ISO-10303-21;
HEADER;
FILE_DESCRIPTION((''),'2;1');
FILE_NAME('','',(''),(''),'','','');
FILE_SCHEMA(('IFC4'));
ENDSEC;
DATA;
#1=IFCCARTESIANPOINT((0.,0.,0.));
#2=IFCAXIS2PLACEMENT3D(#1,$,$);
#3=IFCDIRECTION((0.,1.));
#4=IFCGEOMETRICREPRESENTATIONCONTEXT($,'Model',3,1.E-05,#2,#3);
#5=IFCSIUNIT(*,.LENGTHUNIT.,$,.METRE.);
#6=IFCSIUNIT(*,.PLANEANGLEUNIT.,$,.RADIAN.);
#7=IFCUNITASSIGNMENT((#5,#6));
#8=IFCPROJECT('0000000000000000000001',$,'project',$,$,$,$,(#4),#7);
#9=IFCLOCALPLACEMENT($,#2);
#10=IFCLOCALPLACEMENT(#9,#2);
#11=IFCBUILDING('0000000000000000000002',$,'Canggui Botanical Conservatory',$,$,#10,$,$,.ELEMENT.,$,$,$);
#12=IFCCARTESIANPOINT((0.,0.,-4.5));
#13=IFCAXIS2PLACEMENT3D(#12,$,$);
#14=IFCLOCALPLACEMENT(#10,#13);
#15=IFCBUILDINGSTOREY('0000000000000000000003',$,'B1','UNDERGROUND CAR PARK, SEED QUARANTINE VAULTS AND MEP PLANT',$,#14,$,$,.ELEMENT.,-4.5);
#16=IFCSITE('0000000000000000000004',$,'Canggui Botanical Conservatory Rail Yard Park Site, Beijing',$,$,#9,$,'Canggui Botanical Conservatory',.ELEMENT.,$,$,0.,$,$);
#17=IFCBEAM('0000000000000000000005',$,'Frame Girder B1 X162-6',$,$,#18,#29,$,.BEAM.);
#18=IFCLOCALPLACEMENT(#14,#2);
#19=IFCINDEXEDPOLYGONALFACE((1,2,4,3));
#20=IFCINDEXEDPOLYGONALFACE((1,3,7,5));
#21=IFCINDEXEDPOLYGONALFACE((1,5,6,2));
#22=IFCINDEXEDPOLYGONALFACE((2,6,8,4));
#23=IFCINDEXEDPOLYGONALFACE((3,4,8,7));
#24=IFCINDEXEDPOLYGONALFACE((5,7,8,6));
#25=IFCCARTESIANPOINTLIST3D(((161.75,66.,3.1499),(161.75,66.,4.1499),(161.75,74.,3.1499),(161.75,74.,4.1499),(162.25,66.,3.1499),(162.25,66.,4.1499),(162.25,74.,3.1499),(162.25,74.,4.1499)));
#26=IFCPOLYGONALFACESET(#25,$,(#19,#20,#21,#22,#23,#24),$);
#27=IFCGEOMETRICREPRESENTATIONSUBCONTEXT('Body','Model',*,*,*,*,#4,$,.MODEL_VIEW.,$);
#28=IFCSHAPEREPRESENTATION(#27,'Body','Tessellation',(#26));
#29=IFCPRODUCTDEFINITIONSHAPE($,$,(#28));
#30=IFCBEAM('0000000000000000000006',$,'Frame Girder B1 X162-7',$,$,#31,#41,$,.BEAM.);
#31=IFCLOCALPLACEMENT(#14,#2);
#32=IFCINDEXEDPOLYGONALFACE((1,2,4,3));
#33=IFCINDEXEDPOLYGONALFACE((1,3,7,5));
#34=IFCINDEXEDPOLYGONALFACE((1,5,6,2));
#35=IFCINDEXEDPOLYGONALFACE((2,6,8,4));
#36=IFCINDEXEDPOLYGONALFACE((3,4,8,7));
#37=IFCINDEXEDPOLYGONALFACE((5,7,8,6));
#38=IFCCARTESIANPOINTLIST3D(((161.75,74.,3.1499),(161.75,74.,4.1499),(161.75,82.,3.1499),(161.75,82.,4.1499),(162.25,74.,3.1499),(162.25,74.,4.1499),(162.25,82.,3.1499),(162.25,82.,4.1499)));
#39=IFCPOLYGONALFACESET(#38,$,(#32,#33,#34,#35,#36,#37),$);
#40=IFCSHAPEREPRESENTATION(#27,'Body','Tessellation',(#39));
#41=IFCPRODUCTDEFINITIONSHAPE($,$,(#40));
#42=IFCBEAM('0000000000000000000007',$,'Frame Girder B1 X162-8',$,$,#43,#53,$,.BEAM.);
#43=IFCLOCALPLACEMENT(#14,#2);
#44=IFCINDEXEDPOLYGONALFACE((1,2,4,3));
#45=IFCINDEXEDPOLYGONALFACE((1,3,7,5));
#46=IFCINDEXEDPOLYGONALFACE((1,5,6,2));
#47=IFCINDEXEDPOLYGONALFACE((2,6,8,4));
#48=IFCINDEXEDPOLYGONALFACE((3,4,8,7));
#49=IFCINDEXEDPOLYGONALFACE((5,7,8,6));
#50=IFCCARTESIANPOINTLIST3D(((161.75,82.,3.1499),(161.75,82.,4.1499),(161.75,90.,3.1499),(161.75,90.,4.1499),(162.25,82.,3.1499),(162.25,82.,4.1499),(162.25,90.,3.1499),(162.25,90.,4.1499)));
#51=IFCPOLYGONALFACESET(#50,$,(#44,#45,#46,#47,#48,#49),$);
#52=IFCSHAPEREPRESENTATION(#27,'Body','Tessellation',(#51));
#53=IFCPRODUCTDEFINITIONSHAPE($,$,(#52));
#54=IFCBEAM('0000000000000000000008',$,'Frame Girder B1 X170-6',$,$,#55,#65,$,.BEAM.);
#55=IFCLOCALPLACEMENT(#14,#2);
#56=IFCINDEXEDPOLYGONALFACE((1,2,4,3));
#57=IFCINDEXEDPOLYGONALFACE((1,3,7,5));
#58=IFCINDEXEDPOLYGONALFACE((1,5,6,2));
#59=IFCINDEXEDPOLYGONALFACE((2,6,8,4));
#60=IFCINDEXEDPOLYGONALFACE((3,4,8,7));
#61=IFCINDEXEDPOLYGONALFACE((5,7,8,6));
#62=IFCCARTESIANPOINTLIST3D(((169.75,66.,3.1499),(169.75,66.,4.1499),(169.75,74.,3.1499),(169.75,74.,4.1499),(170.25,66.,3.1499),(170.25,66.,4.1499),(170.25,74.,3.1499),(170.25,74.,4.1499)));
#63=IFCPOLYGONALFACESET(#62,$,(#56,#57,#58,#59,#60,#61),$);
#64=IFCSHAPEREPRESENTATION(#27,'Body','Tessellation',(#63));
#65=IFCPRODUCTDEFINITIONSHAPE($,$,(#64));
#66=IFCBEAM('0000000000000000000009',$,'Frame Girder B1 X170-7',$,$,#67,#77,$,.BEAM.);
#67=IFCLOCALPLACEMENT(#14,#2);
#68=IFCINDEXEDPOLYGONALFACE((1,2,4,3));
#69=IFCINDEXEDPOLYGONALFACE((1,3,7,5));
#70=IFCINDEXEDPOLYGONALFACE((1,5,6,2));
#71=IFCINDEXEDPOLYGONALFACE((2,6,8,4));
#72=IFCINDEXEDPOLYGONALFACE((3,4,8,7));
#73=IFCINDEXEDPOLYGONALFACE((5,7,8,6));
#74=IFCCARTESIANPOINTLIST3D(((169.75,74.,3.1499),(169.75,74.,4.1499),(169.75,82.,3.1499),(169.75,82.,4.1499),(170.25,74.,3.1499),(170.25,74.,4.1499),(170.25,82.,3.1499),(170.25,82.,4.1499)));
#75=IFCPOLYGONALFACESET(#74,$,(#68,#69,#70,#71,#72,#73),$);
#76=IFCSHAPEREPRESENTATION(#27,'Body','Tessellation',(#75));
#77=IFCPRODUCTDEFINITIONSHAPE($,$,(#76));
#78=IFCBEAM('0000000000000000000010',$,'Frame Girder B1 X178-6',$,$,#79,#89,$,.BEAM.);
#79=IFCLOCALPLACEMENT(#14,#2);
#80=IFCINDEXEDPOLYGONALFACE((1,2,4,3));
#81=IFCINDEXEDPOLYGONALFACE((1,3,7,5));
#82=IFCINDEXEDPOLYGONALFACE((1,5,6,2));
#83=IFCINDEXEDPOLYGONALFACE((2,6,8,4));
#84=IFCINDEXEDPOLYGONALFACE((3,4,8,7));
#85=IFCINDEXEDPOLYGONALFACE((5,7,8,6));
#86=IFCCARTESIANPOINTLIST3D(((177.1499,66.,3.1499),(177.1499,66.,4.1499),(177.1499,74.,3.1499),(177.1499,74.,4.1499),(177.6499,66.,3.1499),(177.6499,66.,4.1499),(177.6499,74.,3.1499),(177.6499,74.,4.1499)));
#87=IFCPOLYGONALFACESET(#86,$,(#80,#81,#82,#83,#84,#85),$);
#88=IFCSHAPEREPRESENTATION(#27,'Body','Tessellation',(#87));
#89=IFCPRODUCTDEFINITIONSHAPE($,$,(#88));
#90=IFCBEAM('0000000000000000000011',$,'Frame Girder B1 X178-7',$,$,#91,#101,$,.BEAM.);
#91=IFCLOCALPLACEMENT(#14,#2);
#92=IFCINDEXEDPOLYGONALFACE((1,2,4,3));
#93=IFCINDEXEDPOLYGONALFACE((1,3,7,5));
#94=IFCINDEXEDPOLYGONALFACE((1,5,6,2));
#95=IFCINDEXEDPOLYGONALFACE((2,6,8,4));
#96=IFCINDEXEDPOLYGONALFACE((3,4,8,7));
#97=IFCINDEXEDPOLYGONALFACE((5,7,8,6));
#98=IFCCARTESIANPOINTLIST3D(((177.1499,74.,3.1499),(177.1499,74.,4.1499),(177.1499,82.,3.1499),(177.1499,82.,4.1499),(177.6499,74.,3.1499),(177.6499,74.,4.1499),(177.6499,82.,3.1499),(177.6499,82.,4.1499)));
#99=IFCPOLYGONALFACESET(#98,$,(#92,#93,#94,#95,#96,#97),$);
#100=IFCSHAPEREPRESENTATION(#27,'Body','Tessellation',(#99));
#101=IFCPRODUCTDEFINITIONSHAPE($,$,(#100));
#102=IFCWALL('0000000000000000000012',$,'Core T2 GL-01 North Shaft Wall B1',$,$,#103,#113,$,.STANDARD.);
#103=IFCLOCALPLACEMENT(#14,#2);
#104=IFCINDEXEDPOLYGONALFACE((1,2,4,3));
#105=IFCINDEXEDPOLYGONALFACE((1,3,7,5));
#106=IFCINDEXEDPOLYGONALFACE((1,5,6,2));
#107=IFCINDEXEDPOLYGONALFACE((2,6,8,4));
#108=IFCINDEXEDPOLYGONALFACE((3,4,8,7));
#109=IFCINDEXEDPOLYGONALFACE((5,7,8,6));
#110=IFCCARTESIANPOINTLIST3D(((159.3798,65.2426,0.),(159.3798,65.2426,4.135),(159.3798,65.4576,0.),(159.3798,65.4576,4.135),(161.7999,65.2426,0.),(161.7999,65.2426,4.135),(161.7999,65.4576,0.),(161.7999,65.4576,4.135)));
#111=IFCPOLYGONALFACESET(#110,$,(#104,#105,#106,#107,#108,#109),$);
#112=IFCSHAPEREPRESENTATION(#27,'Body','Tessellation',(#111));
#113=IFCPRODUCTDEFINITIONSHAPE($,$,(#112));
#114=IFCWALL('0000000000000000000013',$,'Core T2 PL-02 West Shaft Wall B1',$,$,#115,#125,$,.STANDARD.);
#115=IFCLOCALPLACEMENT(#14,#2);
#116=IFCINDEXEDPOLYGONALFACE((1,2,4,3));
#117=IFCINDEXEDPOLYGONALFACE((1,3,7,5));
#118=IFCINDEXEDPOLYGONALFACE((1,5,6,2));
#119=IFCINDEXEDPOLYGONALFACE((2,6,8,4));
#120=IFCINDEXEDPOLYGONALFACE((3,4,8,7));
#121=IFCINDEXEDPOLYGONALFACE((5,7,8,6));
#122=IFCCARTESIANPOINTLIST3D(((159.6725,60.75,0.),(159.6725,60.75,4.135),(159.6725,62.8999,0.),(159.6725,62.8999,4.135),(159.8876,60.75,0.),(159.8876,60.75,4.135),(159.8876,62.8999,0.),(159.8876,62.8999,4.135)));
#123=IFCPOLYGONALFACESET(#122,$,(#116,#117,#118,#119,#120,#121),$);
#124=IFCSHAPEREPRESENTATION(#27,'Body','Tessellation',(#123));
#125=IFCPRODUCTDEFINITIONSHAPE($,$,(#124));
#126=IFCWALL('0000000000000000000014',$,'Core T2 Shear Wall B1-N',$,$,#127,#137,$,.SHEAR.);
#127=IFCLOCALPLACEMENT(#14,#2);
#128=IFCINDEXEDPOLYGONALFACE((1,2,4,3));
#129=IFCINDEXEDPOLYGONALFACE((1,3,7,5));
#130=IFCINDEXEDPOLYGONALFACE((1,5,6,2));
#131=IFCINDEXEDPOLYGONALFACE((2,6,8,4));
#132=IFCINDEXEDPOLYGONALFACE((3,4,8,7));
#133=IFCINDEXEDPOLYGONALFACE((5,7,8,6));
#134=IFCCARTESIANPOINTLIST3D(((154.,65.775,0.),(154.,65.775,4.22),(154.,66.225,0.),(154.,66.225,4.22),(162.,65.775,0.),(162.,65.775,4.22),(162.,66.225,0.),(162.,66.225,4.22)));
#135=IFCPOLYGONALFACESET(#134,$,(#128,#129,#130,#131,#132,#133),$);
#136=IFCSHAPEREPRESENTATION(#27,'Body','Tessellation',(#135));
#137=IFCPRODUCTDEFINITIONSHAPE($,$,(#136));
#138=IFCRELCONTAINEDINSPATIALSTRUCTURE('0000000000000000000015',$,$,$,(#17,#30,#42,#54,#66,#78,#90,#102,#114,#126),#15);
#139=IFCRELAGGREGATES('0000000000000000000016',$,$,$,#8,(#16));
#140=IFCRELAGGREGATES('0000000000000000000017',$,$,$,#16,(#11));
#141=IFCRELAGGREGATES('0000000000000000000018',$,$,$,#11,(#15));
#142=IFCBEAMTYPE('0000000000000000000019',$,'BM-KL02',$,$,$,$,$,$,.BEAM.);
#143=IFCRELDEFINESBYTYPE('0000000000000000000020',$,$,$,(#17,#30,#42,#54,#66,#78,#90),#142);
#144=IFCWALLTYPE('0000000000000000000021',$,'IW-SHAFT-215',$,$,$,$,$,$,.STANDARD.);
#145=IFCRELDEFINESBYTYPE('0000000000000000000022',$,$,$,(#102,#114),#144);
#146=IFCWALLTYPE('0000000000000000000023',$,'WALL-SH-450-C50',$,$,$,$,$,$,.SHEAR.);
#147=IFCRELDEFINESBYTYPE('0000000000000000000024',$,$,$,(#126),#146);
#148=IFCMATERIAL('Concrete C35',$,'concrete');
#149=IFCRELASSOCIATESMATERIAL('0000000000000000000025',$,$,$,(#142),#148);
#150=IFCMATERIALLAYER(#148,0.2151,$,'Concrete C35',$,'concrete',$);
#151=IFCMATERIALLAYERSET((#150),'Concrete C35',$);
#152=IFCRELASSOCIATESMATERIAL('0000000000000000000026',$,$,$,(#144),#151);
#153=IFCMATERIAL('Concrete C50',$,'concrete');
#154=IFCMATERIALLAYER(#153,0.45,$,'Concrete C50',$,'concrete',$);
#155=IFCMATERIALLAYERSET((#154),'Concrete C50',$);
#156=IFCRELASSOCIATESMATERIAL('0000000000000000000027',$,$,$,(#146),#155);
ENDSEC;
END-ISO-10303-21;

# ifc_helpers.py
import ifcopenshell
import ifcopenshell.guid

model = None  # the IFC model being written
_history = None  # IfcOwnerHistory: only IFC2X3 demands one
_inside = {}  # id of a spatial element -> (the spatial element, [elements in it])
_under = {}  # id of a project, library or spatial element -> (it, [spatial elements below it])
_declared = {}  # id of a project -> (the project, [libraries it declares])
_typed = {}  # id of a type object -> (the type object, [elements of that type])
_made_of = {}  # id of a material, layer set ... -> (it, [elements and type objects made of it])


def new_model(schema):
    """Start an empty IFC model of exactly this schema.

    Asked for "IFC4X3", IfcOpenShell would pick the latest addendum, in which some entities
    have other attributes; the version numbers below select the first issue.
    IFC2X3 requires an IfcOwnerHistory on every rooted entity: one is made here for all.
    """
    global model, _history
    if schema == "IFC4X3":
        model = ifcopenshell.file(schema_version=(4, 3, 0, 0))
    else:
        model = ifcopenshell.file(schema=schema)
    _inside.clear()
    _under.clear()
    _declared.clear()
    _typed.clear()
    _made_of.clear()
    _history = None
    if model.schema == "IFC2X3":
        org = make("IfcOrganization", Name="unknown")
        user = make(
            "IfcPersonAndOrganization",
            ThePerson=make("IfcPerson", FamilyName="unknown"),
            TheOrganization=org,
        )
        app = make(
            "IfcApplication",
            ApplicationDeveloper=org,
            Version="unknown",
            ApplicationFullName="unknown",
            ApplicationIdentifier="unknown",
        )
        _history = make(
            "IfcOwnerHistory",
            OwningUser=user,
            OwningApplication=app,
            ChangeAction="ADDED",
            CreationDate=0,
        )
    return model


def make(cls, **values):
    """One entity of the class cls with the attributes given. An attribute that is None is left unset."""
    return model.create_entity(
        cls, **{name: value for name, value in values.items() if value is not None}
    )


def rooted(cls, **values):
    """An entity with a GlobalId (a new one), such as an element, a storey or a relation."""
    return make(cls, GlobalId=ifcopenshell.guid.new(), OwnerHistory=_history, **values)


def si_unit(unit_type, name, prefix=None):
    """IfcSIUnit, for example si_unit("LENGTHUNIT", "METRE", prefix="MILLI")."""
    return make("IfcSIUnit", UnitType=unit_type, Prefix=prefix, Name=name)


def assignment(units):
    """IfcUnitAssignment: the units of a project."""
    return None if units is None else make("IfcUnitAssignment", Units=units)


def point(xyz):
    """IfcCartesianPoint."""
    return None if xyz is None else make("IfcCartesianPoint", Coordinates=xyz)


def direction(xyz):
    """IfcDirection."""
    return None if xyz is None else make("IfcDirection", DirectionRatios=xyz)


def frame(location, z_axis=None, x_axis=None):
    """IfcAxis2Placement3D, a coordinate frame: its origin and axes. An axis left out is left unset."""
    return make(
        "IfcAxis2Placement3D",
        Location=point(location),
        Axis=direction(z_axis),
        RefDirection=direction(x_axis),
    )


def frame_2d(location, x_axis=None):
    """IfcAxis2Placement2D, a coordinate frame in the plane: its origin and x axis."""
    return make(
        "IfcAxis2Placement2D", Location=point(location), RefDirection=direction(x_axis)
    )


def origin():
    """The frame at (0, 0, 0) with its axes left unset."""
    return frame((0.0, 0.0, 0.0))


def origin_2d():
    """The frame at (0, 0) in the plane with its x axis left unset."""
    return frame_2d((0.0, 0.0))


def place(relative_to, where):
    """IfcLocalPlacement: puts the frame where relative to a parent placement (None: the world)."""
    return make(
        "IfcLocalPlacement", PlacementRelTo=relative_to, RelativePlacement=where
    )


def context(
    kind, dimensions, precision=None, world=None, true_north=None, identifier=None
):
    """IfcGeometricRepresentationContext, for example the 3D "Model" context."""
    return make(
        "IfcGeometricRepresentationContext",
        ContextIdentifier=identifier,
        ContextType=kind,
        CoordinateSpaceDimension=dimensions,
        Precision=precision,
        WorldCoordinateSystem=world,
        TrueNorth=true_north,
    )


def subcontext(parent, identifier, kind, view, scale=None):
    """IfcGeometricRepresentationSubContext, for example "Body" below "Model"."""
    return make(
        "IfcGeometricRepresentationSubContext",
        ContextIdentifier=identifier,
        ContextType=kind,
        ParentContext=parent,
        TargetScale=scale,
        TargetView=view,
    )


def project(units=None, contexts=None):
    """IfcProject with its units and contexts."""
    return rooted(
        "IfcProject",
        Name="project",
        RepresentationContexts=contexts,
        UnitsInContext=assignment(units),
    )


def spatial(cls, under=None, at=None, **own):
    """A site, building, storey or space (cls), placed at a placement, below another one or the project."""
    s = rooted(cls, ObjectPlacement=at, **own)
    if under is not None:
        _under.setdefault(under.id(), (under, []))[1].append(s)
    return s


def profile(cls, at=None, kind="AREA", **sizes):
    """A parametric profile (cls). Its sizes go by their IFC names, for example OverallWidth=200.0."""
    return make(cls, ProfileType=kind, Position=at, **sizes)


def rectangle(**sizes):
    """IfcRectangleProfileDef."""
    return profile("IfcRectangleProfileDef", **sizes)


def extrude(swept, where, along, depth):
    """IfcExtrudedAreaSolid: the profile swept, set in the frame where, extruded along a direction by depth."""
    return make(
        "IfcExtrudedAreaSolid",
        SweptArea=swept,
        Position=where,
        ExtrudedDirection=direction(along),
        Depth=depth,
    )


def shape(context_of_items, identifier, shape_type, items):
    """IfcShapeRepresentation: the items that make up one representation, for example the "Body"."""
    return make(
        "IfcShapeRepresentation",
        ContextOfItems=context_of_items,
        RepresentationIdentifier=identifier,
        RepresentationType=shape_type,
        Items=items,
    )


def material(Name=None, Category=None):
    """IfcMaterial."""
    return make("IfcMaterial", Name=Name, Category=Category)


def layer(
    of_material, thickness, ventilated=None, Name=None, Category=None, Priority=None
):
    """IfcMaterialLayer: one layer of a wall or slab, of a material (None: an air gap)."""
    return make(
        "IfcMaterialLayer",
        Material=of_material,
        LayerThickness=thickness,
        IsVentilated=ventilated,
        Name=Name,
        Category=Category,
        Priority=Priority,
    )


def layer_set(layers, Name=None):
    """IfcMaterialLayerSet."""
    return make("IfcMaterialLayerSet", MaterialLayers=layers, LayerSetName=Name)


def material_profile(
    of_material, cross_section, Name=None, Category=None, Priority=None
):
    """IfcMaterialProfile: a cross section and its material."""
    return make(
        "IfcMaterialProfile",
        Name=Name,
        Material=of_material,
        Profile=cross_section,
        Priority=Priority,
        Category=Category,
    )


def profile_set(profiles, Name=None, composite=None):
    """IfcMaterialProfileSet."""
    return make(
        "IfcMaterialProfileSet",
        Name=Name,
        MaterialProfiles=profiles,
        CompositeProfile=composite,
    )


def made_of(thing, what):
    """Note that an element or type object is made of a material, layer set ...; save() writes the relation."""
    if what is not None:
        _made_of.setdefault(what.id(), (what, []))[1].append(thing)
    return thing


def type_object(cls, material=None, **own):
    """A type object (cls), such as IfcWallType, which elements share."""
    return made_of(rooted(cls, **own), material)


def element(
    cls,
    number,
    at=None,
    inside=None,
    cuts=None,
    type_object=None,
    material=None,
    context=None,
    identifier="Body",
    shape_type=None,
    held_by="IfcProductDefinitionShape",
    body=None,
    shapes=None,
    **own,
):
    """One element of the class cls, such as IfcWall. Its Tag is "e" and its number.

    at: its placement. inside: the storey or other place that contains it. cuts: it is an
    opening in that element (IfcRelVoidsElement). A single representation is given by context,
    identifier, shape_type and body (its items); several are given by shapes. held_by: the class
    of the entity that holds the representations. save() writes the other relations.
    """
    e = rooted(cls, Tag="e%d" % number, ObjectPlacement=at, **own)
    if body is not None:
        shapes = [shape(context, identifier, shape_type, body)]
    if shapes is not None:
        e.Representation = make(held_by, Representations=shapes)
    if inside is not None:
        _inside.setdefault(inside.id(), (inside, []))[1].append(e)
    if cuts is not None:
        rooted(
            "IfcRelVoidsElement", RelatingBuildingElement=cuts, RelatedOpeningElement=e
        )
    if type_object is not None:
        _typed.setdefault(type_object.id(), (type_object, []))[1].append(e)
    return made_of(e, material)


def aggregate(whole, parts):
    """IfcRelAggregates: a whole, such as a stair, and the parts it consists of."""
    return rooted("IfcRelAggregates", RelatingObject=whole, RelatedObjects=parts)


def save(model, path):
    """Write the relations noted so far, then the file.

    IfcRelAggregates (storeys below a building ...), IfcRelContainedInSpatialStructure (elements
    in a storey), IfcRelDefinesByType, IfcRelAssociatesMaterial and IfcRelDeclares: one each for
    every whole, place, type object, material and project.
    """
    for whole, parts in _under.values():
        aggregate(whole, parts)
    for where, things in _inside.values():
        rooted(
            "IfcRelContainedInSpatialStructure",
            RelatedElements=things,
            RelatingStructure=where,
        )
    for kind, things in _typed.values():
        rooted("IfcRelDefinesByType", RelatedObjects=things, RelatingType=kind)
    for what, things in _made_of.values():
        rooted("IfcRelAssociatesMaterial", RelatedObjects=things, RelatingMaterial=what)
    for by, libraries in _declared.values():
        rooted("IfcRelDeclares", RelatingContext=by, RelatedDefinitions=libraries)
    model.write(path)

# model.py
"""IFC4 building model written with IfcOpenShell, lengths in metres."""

from ifc_helpers import new_model, si_unit, direction, frame, frame_2d, origin, origin_2d, place, context, subcontext, project, spatial, rectangle, extrude, material, layer, layer_set, material_profile, profile_set, type_object, element, save


model = new_model("IFC4")

# Units and contexts
model_context = context("Model", 3, precision=1e-05, world=origin(), true_north=direction((0.0, 1.0)))
body_context = subcontext(model_context, "Body", "Model", "MODEL_VIEW")
ifc_project = project(units=[si_unit("LENGTHUNIT", "METRE"), si_unit("PLANEANGLEUNIT", "RADIAN")], contexts=[model_context])

# Site, building, storey
site_placement = place(None, origin())
site = spatial("IfcSite", under=ifc_project, at=site_placement, Name="Canggui Botanical Conservatory Rail Yard Park Site, Beijing", LongName="Canggui Botanical Conservatory", CompositionType="ELEMENT", RefElevation=0.0)
building_placement = place(site_placement, origin())
building = spatial("IfcBuilding", under=site, at=building_placement, Name="Canggui Botanical Conservatory", CompositionType="ELEMENT")
storey_placement = place(building_placement, frame((0.0, 0.0, -4.5)))
storey = spatial("IfcBuildingStorey", under=building, at=storey_placement, Name="B1", Description="UNDERGROUND CAR PARK, SEED QUARANTINE VAULTS AND MEP PLANT", CompositionType="ELEMENT", Elevation=-4.5)

# Shared definitions
ifc_material_1 = material(Name="Concrete C50", Category="concrete")

# Beams
ifc_material_2 = material(Name="Concrete C35", Category="concrete")
ifc_material_profile_1 = material_profile(ifc_material_2, rectangle(XDim=0.5, YDim=1.0, at=origin_2d()), Name="RB 500x1000")
ifc_profile_set_1 = profile_set([ifc_material_profile_1], Name="Concrete C35")
beam_type_1 = type_object("IfcBeamType", Name="BM-KL02", PredefinedType="BEAM", material=ifc_profile_set_1)
for number, where, z_axis, x_axis, name in (
    (1, (162.0, 66.0, 3.6499), (0.0, 1.0, 0.0), (-1.0, 0.0, 0.0), "Frame Girder B1 X162-6"),
    (2, (162.0, 74.0, 3.6499), (0.0, 1.0, 0.0), (-1.0, 0.0, 0.0), "Frame Girder B1 X162-7"),
    (3, (162.0, 82.0, 3.6499), (0.0, 1.0, 0.0), (-1.0, 0.0, 0.0), "Frame Girder B1 X162-8"),
    (4, (170.0, 66.0, 3.6499), (0.0, 1.0, 0.0), (-1.0, 0.0, 0.0), "Frame Girder B1 X170-6"),
    (5, (170.0, 74.0, 3.6499), (0.0, 1.0, 0.0), (-1.0, 0.0, 0.0), "Frame Girder B1 X170-7"),
    (6, (177.3999, 66.0, 3.6499), (0.0, 1.0, 0.0), (-1.0, 0.0, 0.0), "Frame Girder B1 X178-6"),
    (7, (177.3999, 74.0, 3.6499), (0.0, 1.0, 0.0), (-1.0, 0.0, 0.0), "Frame Girder B1 X178-7"),
):
    element("IfcBeam", number, at=place(storey_placement, frame(where, z_axis=z_axis, x_axis=x_axis)), inside=storey, type_object=beam_type_1, Name=name, PredefinedType="BEAM", context=body_context, shape_type="SweptSolid", body=[
        extrude(rectangle(XDim=0.5, YDim=1.0, at=origin_2d()), origin(), (0.0, 0.0, 1.0), 8.0),
    ])

# Walls
ifc_layer_1 = layer(ifc_material_2, 0.2151, Name="Concrete C35", Category="concrete")
ifc_layer_set_1 = layer_set([ifc_layer_1], Name="Concrete C35")
wall_type_1 = type_object("IfcWallType", Name="IW-SHAFT-215", PredefinedType="STANDARD", material=ifc_layer_set_1)
wall_1_placement = place(storey_placement, frame((159.3799, 65.3501, 0.0), z_axis=(0.0, 0.0, 1.0), x_axis=(1.0, 0.0, 0.0)))
element("IfcWall", 8, at=wall_1_placement, inside=storey, type_object=wall_type_1, Name="Core T2 GL-01 North Shaft Wall B1", PredefinedType="STANDARD", context=body_context, shape_type="SweptSolid", body=[
    extrude(rectangle(XDim=2.4202, YDim=0.2151, at=frame_2d((1.21, 0.0))), origin(), (0.0, 0.0, 1.0), 4.135),
])
wall_2_placement = place(storey_placement, frame((159.78, 60.75, 0.0), z_axis=(0.0, 0.0, 1.0), x_axis=(0.0, 1.0, 0.0)))
element("IfcWall", 9, at=wall_2_placement, inside=storey, type_object=wall_type_1, Name="Core T2 PL-02 West Shaft Wall B1", PredefinedType="STANDARD", context=body_context, shape_type="SweptSolid", body=[
    extrude(rectangle(XDim=2.1499, YDim=0.2151, at=frame_2d((1.075, 0.0))), origin(), (0.0, 0.0, 1.0), 4.135),
])
ifc_layer_2 = layer(ifc_material_1, 0.45, Name="Concrete C50", Category="concrete")
ifc_layer_set_2 = layer_set([ifc_layer_2], Name="Concrete C50")
wall_type_2 = type_object("IfcWallType", Name="WALL-SH-450-C50", PredefinedType="SHEAR", material=ifc_layer_set_2)
wall_3_placement = place(storey_placement, frame((162.0, 66.0, 0.0), z_axis=(0.0, 0.0, 1.0), x_axis=(-1.0, 0.0, 0.0)))
element("IfcWall", 10, at=wall_3_placement, inside=storey, type_object=wall_type_2, Name="Core T2 Shear Wall B1-N", PredefinedType="SHEAR", context=body_context, shape_type="SweptSolid", body=[
    extrude(rectangle(XDim=8.0, YDim=0.45, at=frame_2d((4.0, 0.0))), origin(), (0.0, 0.0, 1.0), 4.22),
])

save(model, "model.ifc")
